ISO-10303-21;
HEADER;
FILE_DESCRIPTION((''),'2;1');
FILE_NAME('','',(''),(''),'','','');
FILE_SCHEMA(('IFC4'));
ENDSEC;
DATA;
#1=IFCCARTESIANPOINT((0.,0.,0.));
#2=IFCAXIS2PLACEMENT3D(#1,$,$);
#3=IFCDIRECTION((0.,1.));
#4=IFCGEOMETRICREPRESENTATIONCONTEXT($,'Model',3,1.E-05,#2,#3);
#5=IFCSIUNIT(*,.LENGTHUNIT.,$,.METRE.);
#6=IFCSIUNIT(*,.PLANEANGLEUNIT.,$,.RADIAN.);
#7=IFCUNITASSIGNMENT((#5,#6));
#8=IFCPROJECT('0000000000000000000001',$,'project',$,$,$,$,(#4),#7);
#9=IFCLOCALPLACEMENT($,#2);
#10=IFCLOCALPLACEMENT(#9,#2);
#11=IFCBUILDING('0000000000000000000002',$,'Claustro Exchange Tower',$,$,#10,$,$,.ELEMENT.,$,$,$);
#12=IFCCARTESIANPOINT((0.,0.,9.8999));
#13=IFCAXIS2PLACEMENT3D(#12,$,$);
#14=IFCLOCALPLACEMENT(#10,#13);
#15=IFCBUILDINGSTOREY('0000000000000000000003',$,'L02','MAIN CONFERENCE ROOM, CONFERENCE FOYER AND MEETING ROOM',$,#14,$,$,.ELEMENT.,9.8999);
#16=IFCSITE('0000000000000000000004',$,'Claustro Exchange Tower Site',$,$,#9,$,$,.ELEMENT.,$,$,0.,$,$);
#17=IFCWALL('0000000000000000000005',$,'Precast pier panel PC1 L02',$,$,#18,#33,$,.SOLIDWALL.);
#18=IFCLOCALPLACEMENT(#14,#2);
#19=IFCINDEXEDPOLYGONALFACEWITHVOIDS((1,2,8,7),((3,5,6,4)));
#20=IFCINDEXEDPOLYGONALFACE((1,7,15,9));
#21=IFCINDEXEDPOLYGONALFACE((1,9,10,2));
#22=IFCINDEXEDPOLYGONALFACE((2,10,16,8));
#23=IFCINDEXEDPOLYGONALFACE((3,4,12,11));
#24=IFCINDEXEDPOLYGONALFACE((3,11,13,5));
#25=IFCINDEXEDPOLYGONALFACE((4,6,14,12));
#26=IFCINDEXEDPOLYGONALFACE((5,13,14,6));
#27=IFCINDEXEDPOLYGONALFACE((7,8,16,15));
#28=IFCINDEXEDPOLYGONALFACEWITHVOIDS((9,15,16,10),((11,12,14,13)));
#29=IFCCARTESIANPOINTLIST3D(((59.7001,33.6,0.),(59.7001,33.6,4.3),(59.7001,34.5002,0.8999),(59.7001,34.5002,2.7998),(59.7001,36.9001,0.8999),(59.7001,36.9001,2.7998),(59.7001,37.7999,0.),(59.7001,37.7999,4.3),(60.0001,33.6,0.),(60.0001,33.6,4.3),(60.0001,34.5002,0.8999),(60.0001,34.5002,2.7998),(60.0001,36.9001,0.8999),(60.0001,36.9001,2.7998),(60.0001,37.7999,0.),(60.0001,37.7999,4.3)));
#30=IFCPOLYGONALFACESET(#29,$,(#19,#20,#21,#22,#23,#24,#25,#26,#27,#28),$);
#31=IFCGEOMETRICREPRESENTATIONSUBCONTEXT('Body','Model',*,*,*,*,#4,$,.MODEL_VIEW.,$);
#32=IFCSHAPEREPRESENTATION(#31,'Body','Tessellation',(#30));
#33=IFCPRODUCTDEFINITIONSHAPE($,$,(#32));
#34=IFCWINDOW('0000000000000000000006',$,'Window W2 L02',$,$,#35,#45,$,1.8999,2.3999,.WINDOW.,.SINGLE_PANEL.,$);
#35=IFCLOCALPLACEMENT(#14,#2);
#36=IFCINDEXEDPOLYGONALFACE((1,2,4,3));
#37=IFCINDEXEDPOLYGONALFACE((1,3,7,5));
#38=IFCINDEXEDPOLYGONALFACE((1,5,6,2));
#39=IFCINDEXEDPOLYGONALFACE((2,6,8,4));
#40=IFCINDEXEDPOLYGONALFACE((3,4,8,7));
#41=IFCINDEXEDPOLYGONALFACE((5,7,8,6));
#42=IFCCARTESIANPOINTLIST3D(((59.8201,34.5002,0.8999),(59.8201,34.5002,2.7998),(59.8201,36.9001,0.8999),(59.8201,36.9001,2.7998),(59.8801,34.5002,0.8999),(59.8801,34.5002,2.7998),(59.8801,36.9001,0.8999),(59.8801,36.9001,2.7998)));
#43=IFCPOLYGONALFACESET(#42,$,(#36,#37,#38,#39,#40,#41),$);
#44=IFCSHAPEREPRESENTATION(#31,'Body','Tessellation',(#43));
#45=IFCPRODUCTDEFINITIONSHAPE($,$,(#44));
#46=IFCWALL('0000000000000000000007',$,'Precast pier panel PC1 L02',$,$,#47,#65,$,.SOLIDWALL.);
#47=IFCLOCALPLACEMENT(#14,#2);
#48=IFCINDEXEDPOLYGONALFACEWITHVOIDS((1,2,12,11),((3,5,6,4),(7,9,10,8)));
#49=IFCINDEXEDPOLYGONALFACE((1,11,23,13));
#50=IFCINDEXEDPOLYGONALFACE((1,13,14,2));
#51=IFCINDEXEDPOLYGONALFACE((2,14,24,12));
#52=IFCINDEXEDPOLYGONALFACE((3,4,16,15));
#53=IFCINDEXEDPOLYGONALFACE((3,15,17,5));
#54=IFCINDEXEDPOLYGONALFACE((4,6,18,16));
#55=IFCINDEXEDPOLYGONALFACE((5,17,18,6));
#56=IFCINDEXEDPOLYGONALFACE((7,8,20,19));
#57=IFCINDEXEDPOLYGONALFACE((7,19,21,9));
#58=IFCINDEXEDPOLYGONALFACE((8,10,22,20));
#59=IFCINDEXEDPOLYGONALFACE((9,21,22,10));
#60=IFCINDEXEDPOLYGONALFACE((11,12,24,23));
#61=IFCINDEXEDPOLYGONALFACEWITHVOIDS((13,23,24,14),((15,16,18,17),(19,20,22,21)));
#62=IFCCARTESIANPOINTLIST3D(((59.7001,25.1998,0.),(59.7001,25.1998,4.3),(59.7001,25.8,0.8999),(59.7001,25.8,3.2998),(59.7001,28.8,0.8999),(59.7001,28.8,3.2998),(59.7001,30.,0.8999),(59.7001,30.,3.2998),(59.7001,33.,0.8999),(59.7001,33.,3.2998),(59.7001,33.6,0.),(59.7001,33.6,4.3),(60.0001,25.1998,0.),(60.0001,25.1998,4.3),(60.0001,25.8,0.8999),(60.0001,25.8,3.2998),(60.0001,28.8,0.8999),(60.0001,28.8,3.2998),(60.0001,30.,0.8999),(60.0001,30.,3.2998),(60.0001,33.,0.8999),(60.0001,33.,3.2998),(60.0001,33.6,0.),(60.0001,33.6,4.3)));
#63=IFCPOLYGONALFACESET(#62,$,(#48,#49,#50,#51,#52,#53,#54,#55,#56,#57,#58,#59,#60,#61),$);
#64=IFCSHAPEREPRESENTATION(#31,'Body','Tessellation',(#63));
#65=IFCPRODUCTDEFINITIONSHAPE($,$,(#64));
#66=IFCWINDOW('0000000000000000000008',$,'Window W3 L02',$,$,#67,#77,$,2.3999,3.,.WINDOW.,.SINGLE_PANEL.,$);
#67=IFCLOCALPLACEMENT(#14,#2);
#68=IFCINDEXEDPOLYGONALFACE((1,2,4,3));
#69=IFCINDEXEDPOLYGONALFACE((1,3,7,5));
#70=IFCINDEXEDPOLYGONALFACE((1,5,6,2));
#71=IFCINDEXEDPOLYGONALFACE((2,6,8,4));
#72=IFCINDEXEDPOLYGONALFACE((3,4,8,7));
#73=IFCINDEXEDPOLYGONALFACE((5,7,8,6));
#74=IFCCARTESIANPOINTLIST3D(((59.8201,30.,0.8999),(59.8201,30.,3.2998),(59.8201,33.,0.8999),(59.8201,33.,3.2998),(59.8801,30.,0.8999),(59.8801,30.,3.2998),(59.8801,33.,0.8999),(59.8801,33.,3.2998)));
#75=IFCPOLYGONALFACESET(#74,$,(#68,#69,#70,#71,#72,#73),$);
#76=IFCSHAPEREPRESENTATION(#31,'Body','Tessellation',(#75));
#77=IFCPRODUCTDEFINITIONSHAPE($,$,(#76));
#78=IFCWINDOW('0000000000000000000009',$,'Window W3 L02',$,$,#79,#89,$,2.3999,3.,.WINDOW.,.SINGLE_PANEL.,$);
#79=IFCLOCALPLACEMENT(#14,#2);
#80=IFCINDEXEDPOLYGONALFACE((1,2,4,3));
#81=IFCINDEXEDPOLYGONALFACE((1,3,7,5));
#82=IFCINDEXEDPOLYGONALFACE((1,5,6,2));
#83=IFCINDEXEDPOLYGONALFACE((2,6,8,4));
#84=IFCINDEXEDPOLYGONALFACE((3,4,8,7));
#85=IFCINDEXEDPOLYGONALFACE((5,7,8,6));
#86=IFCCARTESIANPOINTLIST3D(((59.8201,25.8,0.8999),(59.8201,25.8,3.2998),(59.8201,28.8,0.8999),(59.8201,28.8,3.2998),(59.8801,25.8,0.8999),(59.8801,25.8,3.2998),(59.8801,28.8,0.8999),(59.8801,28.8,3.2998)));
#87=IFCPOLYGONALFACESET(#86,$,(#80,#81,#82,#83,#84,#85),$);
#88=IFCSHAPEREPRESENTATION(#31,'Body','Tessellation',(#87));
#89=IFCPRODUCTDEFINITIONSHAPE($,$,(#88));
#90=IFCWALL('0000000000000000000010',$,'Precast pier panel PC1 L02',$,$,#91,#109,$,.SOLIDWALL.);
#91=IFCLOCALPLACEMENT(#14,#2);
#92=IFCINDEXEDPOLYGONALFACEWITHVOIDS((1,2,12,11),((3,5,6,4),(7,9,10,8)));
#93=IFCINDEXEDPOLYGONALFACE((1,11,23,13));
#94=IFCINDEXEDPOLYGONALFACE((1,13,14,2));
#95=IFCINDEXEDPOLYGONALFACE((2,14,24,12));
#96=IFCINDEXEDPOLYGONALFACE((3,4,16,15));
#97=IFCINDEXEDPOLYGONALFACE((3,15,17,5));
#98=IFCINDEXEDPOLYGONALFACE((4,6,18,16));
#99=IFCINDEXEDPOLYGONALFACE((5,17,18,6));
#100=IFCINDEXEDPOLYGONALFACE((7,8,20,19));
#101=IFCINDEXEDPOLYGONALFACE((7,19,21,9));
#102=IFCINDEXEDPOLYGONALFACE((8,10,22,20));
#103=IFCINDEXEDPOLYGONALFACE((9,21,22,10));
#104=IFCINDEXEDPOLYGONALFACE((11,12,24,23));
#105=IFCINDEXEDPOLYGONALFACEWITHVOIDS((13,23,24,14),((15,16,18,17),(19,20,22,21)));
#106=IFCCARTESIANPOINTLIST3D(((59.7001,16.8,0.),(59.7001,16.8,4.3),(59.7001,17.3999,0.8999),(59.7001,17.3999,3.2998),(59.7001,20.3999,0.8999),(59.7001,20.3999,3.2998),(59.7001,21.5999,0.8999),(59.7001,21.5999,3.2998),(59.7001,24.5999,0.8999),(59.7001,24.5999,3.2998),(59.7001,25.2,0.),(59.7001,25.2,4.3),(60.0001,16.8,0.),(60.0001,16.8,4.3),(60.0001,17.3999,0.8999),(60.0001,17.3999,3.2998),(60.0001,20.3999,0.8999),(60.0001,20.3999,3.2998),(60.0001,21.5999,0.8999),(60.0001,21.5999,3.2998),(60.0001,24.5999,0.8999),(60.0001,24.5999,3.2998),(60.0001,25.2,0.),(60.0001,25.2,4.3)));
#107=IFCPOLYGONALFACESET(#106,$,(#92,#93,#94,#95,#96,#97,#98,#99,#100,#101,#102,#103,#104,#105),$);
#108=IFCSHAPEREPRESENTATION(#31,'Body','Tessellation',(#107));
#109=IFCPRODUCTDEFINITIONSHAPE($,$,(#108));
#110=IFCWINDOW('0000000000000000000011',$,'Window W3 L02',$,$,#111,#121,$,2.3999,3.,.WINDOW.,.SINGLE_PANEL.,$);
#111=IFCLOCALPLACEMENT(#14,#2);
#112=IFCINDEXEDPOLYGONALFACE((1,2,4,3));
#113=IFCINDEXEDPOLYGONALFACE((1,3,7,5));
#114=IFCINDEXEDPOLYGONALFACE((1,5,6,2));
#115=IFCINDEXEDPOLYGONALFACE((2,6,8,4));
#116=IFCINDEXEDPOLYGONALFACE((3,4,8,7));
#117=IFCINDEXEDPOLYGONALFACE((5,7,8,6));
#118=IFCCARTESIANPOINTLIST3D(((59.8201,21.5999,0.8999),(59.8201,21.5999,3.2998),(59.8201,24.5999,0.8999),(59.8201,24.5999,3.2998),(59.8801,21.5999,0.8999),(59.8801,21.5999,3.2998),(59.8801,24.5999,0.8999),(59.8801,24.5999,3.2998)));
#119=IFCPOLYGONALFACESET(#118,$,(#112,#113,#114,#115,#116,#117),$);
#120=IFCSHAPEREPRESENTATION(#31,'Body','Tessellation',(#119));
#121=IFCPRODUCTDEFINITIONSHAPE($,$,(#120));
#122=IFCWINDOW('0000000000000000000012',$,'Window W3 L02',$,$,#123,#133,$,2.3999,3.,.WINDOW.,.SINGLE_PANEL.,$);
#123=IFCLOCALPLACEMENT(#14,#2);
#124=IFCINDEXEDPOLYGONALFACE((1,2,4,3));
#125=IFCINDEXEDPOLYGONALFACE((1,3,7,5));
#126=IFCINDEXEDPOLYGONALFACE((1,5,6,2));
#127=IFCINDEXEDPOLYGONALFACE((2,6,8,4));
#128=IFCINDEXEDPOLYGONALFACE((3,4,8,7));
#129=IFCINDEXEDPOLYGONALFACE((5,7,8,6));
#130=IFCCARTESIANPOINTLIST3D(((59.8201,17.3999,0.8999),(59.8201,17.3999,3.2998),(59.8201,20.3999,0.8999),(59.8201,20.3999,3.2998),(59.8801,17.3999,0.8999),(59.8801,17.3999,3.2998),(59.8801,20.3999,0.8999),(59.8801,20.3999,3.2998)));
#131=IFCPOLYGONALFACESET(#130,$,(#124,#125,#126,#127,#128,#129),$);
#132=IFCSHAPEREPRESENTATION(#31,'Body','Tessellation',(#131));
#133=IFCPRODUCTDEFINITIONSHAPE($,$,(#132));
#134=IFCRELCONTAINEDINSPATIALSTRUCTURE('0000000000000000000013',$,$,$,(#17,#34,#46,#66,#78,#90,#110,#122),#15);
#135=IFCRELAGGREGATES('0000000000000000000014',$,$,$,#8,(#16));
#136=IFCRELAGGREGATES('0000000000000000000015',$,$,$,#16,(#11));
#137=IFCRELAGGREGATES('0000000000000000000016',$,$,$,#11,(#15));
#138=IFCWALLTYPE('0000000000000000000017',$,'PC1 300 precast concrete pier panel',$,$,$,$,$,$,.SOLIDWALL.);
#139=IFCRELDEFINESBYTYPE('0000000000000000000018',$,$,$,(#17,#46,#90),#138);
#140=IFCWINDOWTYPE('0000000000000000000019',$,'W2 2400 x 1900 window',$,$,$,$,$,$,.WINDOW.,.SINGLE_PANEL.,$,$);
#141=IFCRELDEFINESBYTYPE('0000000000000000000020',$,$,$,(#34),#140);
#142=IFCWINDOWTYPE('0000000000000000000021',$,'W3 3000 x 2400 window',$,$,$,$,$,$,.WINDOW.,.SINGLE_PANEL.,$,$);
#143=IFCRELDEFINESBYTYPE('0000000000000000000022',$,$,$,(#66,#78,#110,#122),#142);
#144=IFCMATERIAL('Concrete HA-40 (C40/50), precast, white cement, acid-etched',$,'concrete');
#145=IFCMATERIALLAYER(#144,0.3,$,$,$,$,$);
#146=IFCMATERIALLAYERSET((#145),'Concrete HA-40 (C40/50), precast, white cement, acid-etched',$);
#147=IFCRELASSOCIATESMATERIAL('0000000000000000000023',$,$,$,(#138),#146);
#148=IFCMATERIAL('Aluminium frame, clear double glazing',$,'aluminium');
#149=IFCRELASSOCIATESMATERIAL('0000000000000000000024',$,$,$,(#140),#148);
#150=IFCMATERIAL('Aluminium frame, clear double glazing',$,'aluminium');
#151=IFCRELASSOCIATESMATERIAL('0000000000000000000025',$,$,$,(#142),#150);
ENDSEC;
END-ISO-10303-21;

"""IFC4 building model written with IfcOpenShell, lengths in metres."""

from ifc_helpers import new_model, si_unit, direction, frame, frame_2d, origin, place, context, subcontext, project, spatial, rectangle, extrude, material, layer, layer_set, type_object, element, fill, save


model = new_model("IFC4")

# Units and contexts
model_context = context("Model", 3, precision=1e-05, world=origin(), true_north=direction((0.0, 1.0)))
body_context = subcontext(model_context, "Body", "Model", "MODEL_VIEW")
ifc_project = project(units=[si_unit("LENGTHUNIT", "METRE"), si_unit("PLANEANGLEUNIT", "RADIAN")], contexts=[model_context])

# Site, building, storey
site_placement = place(None, origin())
site = spatial("IfcSite", under=ifc_project, at=site_placement, Name="Claustro Exchange Tower Site", CompositionType="ELEMENT", RefElevation=0.0)
building_placement = place(site_placement, origin())
building = spatial("IfcBuilding", under=site, at=building_placement, Name="Claustro Exchange Tower", CompositionType="ELEMENT")
storey_placement = place(building_placement, frame((0.0, 0.0, 9.8999)))
storey = spatial("IfcBuildingStorey", under=building, at=storey_placement, Name="L02", Description="MAIN CONFERENCE ROOM, CONFERENCE FOYER AND MEETING ROOM", CompositionType="ELEMENT", Elevation=9.8999)

# Wall, opening, window
ifc_material_1 = material(Name="Concrete HA-40 (C40/50), precast, white cement, acid-etched", Category="concrete")
ifc_layer_1 = layer(ifc_material_1, 0.3)
ifc_layer_set_1 = layer_set([ifc_layer_1], Name="Concrete HA-40 (C40/50), precast, white cement, acid-etched")
wall_type_1 = type_object("IfcWallType", Name="PC1 300 precast concrete pier panel", PredefinedType="SOLIDWALL", material=ifc_layer_set_1)
ifc_material_2 = material(Name="Aluminium frame, clear double glazing", Category="aluminium")
window_type_1 = type_object("IfcWindowType", Name="W2 2400 x 1900 window", PartitioningType="SINGLE_PANEL", PredefinedType="WINDOW", material=ifc_material_2)
wall_1_placement = place(storey_placement, frame((59.8501, 37.8, 0.0), z_axis=(0.0, 0.0, 1.0), x_axis=(0.0, -1.0, 0.0)))
wall_1 = element("IfcWall", 1, at=wall_1_placement, inside=storey, type_object=wall_type_1, Name="Precast pier panel PC1 L02", PredefinedType="SOLIDWALL", context=body_context, shape_type="SweptSolid", body=[
    extrude(rectangle(XDim=4.2, YDim=0.3, at=frame_2d((2.1001, 0.0))), origin(), (0.0, 0.0, 1.0), 4.3),
])
opening_1_placement = place(wall_1_placement, frame((0.8999, 0.0, 0.8999)))
opening_1 = element("IfcOpeningElement", 2, at=opening_1_placement, cuts=wall_1, PredefinedType="OPENING", context=body_context, shape_type="SweptSolid", body=[
    extrude(rectangle(XDim=2.3999, YDim=1.8999, at=frame_2d((1.2, 0.95))), frame((0.0, 0.1599, 0.0), z_axis=(0.0, -1.0, 0.0), x_axis=(1.0, 0.0, 0.0)), (0.0, 0.0, 1.0), 0.3201),
])
window_1_placement = place(opening_1_placement, origin())
window_1 = element("IfcWindow", 3, at=window_1_placement, inside=storey, type_object=window_type_1, Name="Window W2 L02", OverallHeight=1.8999, OverallWidth=2.3999, PartitioningType="SINGLE_PANEL", PredefinedType="WINDOW", context=body_context, shape_type="SweptSolid", body=[
    extrude(rectangle(XDim=2.3999, YDim=1.8999, at=frame_2d((1.2, 0.95))), frame((0.0, 0.03, 0.0), z_axis=(0.0, -1.0, 0.0), x_axis=(1.0, 0.0, 0.0)), (0.0, 0.0, 1.0), 0.0601),
])
fill(opening_1, window_1)

# Walls, openings, windows
wall_2_placement = place(storey_placement, frame((59.8501, 33.6001, 0.0), z_axis=(0.0, 0.0, 1.0), x_axis=(0.0, -1.0, 0.0)))
wall_2 = element("IfcWall", 4, at=wall_2_placement, inside=storey, type_object=wall_type_1, Name="Precast pier panel PC1 L02", PredefinedType="SOLIDWALL", context=body_context, shape_type="SweptSolid", body=[
    extrude(rectangle(XDim=8.4001, YDim=0.3, at=frame_2d((4.2002, 0.0))), origin(), (0.0, 0.0, 1.0), 4.3),
])
opening_2_placement = place(wall_2_placement, frame((0.6001, 0.0, 0.8999)))
opening_2 = element("IfcOpeningElement", 5, at=opening_2_placement, cuts=wall_2, PredefinedType="OPENING", context=body_context, shape_type="SweptSolid", body=[
    extrude(rectangle(XDim=3.0, YDim=2.3999, at=frame_2d((1.5, 1.2))), frame((0.0, 0.1599, 0.0), z_axis=(0.0, -1.0, 0.0), x_axis=(1.0, 0.0, 0.0)), (0.0, 0.0, 1.0), 0.3201),
])
opening_3_placement = place(wall_2_placement, frame((4.8, 0.0, 0.8999)))
opening_3 = element("IfcOpeningElement", 6, at=opening_3_placement, cuts=wall_2, PredefinedType="OPENING", context=body_context, shape_type="SweptSolid", body=[
    extrude(rectangle(XDim=3.0, YDim=2.3999, at=frame_2d((1.5, 1.2))), frame((0.0, 0.1599, 0.0), z_axis=(0.0, -1.0, 0.0), x_axis=(1.0, 0.0, 0.0)), (0.0, 0.0, 1.0), 0.3201),
])
ifc_material_3 = material(Name="Aluminium frame, clear double glazing", Category="aluminium")
window_type_2 = type_object("IfcWindowType", Name="W3 3000 x 2400 window", PartitioningType="SINGLE_PANEL", PredefinedType="WINDOW", material=ifc_material_3)
window_2_placement = place(opening_2_placement, origin())
window_2 = element("IfcWindow", 7, at=window_2_placement, inside=storey, type_object=window_type_2, Name="Window W3 L02", OverallHeight=2.3999, OverallWidth=3.0, PartitioningType="SINGLE_PANEL", PredefinedType="WINDOW", context=body_context, shape_type="SweptSolid", body=[
    extrude(rectangle(XDim=3.0, YDim=2.3999, at=frame_2d((1.5, 1.2))), frame((0.0, 0.03, 0.0), z_axis=(0.0, -1.0, 0.0), x_axis=(1.0, 0.0, 0.0)), (0.0, 0.0, 1.0), 0.0601),
])
fill(opening_2, window_2)
window_3_placement = place(opening_3_placement, origin())
window_3 = element("IfcWindow", 8, at=window_3_placement, inside=storey, type_object=window_type_2, Name="Window W3 L02", OverallHeight=2.3999, OverallWidth=3.0, PartitioningType="SINGLE_PANEL", PredefinedType="WINDOW", context=body_context, shape_type="SweptSolid", body=[
    extrude(rectangle(XDim=3.0, YDim=2.3999, at=frame_2d((1.5, 1.2))), frame((0.0, 0.03, 0.0), z_axis=(0.0, -1.0, 0.0), x_axis=(1.0, 0.0, 0.0)), (0.0, 0.0, 1.0), 0.0601),
])
fill(opening_3, window_3)
wall_3_placement = place(storey_placement, frame((59.8501, 25.2, 0.0), z_axis=(0.0, 0.0, 1.0), x_axis=(0.0, -1.0, 0.0)))
wall_3 = element("IfcWall", 9, at=wall_3_placement, inside=storey, type_object=wall_type_1, Name="Precast pier panel PC1 L02", PredefinedType="SOLIDWALL", context=body_context, shape_type="SweptSolid", body=[
    extrude(rectangle(XDim=8.3999, YDim=0.3, at=frame_2d((4.2, 0.0))), origin(), (0.0, 0.0, 1.0), 4.3),
])
opening_4_placement = place(wall_3_placement, frame((0.6001, 0.0, 0.8999)))
opening_4 = element("IfcOpeningElement", 10, at=opening_4_placement, cuts=wall_3, PredefinedType="OPENING", context=body_context, shape_type="SweptSolid", body=[
    extrude(rectangle(XDim=3.0, YDim=2.3999, at=frame_2d((1.5, 1.2))), frame((0.0, 0.1599, 0.0), z_axis=(0.0, -1.0, 0.0), x_axis=(1.0, 0.0, 0.0)), (0.0, 0.0, 1.0), 0.3201),
])
opening_5_placement = place(wall_3_placement, frame((4.8, 0.0, 0.8999)))
opening_5 = element("IfcOpeningElement", 11, at=opening_5_placement, cuts=wall_3, PredefinedType="OPENING", context=body_context, shape_type="SweptSolid", body=[
    extrude(rectangle(XDim=3.0, YDim=2.3999, at=frame_2d((1.5, 1.2))), frame((0.0, 0.1599, 0.0), z_axis=(0.0, -1.0, 0.0), x_axis=(1.0, 0.0, 0.0)), (0.0, 0.0, 1.0), 0.3201),
])
window_4_placement = place(opening_4_placement, origin())
window_4 = element("IfcWindow", 12, at=window_4_placement, inside=storey, type_object=window_type_2, Name="Window W3 L02", OverallHeight=2.3999, OverallWidth=3.0, PartitioningType="SINGLE_PANEL", PredefinedType="WINDOW", context=body_context, shape_type="SweptSolid", body=[
    extrude(rectangle(XDim=3.0, YDim=2.3999, at=frame_2d((1.5, 1.2))), frame((0.0, 0.03, 0.0), z_axis=(0.0, -1.0, 0.0), x_axis=(1.0, 0.0, 0.0)), (0.0, 0.0, 1.0), 0.0601),
])
fill(opening_4, window_4)
window_5_placement = place(opening_5_placement, origin())
window_5 = element("IfcWindow", 13, at=window_5_placement, inside=storey, type_object=window_type_2, Name="Window W3 L02", OverallHeight=2.3999, OverallWidth=3.0, PartitioningType="SINGLE_PANEL", PredefinedType="WINDOW", context=body_context, shape_type="SweptSolid", body=[
    extrude(rectangle(XDim=3.0, YDim=2.3999, at=frame_2d((1.5, 1.2))), frame((0.0, 0.03, 0.0), z_axis=(0.0, -1.0, 0.0), x_axis=(1.0, 0.0, 0.0)), (0.0, 0.0, 1.0), 0.0601),
])
fill(opening_5, window_5)

save(model, "model.ifc")
